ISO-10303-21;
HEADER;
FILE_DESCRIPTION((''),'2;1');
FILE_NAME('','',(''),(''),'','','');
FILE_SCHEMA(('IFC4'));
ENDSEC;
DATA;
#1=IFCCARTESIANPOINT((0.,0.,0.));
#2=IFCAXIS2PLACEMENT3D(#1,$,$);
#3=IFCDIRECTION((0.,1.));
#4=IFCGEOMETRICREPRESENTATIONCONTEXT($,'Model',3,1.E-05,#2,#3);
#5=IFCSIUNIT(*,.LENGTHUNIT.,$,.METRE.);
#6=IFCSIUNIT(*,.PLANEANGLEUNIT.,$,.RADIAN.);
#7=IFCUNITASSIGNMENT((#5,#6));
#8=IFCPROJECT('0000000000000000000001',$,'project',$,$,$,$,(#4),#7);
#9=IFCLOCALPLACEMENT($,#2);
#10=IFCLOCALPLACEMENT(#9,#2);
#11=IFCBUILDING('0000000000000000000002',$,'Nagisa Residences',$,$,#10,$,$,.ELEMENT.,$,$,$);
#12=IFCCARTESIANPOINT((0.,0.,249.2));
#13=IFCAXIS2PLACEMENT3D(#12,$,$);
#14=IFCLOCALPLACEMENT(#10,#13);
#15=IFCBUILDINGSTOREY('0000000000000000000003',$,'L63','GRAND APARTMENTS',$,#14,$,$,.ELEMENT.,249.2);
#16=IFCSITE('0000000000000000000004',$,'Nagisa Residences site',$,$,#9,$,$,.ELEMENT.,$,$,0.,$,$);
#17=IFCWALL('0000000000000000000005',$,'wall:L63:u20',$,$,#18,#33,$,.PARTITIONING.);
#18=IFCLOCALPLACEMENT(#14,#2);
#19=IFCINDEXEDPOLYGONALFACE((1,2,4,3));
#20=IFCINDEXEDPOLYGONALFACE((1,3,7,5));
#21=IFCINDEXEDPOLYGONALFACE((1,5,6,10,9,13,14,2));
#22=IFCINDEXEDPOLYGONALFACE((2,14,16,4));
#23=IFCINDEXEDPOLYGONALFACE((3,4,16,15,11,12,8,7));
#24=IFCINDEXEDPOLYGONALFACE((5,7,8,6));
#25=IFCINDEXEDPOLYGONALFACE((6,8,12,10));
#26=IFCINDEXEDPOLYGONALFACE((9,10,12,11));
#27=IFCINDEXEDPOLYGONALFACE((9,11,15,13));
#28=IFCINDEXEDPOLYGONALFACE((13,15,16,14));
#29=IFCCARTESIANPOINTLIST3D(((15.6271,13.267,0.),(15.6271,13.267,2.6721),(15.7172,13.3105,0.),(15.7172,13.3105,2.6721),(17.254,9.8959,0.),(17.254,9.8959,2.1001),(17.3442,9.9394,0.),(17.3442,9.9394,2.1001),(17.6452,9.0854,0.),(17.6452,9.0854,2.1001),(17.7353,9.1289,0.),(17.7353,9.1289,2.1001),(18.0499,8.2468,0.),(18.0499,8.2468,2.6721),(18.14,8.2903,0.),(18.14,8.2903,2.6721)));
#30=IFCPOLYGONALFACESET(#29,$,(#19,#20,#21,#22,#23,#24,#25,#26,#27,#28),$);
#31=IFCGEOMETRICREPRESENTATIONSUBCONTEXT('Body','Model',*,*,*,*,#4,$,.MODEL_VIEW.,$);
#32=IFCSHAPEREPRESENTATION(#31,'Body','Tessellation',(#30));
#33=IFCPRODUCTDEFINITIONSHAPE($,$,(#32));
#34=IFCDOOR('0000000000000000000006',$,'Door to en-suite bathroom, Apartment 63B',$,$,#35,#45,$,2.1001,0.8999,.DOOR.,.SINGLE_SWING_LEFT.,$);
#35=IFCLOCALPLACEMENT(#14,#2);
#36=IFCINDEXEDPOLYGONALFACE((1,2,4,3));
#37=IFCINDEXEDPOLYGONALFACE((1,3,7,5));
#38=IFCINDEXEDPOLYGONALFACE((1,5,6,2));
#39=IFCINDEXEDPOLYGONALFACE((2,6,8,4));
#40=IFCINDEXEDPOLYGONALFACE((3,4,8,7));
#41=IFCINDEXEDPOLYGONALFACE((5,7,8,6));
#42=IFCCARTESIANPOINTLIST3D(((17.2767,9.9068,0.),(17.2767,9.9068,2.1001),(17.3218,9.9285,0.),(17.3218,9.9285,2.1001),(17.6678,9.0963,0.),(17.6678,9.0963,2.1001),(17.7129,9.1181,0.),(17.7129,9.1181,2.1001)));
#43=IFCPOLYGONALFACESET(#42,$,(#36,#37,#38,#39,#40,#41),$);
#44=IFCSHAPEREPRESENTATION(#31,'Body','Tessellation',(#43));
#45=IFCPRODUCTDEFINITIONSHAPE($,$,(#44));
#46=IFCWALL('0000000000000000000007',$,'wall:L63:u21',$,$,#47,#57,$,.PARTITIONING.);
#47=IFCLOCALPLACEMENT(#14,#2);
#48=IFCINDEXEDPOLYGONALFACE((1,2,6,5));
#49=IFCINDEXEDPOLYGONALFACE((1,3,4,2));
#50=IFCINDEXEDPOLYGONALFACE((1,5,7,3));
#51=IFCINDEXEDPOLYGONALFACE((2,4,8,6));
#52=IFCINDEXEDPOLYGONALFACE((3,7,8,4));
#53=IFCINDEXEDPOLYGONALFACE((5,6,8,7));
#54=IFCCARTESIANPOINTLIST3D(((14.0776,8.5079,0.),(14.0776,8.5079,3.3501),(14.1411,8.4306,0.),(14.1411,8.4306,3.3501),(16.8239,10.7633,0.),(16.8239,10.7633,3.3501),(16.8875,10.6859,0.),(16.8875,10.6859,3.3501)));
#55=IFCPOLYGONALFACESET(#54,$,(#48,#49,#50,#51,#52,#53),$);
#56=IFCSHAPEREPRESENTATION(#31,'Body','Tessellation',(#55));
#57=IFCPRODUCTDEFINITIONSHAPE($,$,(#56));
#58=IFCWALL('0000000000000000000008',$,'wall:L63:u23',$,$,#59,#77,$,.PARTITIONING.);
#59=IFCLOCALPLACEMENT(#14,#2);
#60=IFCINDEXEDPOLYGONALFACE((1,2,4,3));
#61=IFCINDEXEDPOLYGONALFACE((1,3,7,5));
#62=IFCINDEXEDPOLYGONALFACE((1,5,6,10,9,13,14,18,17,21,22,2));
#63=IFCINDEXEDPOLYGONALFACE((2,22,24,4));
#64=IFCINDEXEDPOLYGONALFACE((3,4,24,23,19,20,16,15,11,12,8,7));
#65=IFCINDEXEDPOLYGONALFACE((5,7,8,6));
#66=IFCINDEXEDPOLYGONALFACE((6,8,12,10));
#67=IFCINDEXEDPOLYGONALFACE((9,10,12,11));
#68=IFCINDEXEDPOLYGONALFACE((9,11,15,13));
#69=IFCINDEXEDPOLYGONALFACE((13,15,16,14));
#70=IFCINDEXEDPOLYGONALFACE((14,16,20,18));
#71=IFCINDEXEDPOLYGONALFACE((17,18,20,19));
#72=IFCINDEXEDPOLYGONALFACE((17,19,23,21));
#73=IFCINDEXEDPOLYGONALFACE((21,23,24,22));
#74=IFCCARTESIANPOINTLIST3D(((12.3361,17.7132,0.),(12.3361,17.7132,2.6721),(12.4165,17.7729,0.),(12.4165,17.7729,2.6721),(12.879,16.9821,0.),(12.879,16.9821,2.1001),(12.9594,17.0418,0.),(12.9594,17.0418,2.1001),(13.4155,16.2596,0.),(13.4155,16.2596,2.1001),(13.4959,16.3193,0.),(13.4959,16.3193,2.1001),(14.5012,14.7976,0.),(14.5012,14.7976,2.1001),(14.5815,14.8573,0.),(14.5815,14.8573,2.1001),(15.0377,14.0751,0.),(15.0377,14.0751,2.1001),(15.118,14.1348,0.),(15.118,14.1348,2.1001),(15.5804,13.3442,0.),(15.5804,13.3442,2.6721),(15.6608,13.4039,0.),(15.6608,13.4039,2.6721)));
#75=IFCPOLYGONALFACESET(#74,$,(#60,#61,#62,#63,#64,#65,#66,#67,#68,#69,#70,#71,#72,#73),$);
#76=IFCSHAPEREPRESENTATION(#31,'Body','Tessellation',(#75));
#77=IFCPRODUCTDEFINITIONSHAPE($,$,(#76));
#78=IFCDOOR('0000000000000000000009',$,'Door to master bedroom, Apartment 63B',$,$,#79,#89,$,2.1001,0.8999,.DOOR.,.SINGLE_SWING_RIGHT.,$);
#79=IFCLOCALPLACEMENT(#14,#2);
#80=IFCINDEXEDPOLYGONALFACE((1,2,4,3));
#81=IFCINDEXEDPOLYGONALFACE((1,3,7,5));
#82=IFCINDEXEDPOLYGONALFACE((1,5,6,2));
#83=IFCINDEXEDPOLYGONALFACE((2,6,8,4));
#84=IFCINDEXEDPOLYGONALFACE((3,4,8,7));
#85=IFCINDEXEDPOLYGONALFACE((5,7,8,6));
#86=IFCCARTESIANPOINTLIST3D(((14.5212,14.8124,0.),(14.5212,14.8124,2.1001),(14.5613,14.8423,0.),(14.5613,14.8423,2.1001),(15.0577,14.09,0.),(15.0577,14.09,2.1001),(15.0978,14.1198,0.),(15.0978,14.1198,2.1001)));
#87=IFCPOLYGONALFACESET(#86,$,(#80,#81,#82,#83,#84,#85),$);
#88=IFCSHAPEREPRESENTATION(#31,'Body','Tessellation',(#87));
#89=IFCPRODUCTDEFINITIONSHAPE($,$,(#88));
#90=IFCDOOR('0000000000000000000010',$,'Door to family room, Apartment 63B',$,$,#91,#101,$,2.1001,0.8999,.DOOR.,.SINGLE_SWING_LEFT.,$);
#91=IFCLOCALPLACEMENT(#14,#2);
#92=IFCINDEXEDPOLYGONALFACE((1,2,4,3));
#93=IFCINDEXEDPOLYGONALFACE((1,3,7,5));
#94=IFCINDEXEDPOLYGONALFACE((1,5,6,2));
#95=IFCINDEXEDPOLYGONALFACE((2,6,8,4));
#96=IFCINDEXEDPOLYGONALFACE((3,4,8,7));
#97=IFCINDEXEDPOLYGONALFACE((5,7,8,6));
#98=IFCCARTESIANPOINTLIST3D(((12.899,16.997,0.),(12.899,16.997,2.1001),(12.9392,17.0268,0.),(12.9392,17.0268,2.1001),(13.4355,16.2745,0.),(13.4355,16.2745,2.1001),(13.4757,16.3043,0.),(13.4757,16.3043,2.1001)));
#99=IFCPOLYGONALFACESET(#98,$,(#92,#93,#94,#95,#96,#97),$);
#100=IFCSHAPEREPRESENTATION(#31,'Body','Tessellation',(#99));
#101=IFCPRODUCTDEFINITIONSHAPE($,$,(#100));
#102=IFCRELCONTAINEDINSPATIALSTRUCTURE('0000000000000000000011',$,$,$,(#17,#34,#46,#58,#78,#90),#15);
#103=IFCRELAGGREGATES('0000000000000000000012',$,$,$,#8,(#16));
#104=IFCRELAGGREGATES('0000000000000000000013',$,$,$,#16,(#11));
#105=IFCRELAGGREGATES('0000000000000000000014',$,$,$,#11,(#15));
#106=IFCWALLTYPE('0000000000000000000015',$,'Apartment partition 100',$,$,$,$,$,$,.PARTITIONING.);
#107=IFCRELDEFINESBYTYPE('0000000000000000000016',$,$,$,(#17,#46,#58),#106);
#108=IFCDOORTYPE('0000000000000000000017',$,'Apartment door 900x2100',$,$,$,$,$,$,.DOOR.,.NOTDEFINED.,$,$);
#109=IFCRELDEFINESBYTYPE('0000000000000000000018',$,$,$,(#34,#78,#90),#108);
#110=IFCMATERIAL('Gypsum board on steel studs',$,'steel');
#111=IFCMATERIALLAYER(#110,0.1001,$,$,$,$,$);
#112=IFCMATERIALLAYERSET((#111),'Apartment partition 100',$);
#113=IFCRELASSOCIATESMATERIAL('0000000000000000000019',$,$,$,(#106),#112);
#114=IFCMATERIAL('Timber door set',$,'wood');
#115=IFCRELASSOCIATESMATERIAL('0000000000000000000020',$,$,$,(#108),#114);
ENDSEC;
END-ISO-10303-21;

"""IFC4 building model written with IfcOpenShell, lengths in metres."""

from ifc_helpers import new_model, si_unit, direction, frame, frame_2d, origin, place, context, subcontext, project, spatial, rectangle, extrude, material, layer, layer_set, type_object, element, fill, save


model = new_model("IFC4")

# Units and contexts
model_context = context("Model", 3, precision=1e-05, world=origin(), true_north=direction((0.0, 1.0)))
body_context = subcontext(model_context, "Body", "Model", "MODEL_VIEW")
ifc_project = project(units=[si_unit("LENGTHUNIT", "METRE"), si_unit("PLANEANGLEUNIT", "RADIAN")], contexts=[model_context])

# Site, building, storey
site_placement = place(None, origin())
site = spatial("IfcSite", under=ifc_project, at=site_placement, Name="Nagisa Residences site", CompositionType="ELEMENT", RefElevation=0.0)
building_placement = place(site_placement, origin())
building = spatial("IfcBuilding", under=site, at=building_placement, Name="Nagisa Residences", CompositionType="ELEMENT")
storey_placement = place(building_placement, frame((0.0, 0.0, 249.2)))
storey = spatial("IfcBuildingStorey", under=building, at=storey_placement, Name="L63", Description="GRAND APARTMENTS", CompositionType="ELEMENT", Elevation=249.2)

# Shared definitions
ifc_material_1 = material(Name="Gypsum board on steel studs", Category="steel")
ifc_layer_1 = layer(ifc_material_1, 0.1001)
ifc_layer_set_1 = layer_set([ifc_layer_1], Name="Apartment partition 100")
wall_type_1 = type_object("IfcWallType", Name="Apartment partition 100", PredefinedType="PARTITIONING", material=ifc_layer_set_1)

# Shared definitions
ifc_material_2 = material(Name="Timber door set", Category="wood")
door_type = type_object("IfcDoorType", Name="Apartment door 900x2100", OperationType="NOTDEFINED", PredefinedType="DOOR", material=ifc_material_2)

# Wall, opening, door
wall_1_placement = place(storey_placement, frame((18.095, 8.2686, 0.0), z_axis=(0.0, 0.0, 1.0), x_axis=(-0.434644, 0.900602, 0.0)))
wall_1 = element("IfcWall", 1, at=wall_1_placement, inside=storey, type_object=wall_type_1, Name="wall:L63:u20", PredefinedType="PARTITIONING", context=body_context, shape_type="SweptSolid", body=[
    extrude(rectangle(XDim=5.5742, YDim=0.1001, at=frame_2d((2.7871, 0.0))), origin(), (0.0, 0.0, 1.0), 2.6721),
])
opening_1_placement = place(wall_1_placement, frame((0.9312, 0.0, 0.0)))
opening_1 = element("IfcOpeningElement", 2, at=opening_1_placement, cuts=wall_1, PredefinedType="OPENING", context=body_context, shape_type="SweptSolid", body=[
    extrude(rectangle(XDim=0.8999, YDim=2.1001, at=frame_2d((0.45, 1.05))), frame((0.0, 0.0601, 0.0), z_axis=(0.0, -1.0, 0.0), x_axis=(1.0, 0.0, 0.0)), (0.0, 0.0, 1.0), 0.1201),
])
door_1_placement = place(opening_1_placement, origin())
door_1 = element("IfcDoor", 3, at=door_1_placement, inside=storey, type_object=door_type, Name="Door to en-suite bathroom, Apartment 63B", OperationType="SINGLE_SWING_LEFT", OverallHeight=2.1001, OverallWidth=0.8999, PredefinedType="DOOR", context=body_context, shape_type="SweptSolid", body=[
    extrude(rectangle(XDim=0.8999, YDim=2.1001, at=frame_2d((0.45, 1.05))), frame((0.0, 0.0249, 0.0), z_axis=(0.0, -1.0, 0.0), x_axis=(1.0, 0.0, 0.0)), (0.0, 0.0, 1.0), 0.05),
])
fill(opening_1, door_1)

# Wall
wall_2_placement = place(storey_placement, frame((14.1094, 8.4692, 0.0), z_axis=(0.0, 0.0, 1.0), x_axis=(0.772802, 0.634647, 0.0)))
element("IfcWall", 4, at=wall_2_placement, inside=storey, type_object=wall_type_1, Name="wall:L63:u21", PredefinedType="PARTITIONING", context=body_context, shape_type="SweptSolid", body=[
    extrude(rectangle(XDim=3.5537, YDim=0.1001, at=frame_2d((1.7769, 0.0))), origin(), (0.0, 0.0, 1.0), 3.3501),
])

# Wall, openings, doors
wall_3_placement = place(storey_placement, frame((15.6206, 13.374, 0.0), z_axis=(0.0, 0.0, 1.0), x_axis=(-0.596174, 0.802855, 0.0)))
wall_3 = element("IfcWall", 5, at=wall_3_placement, inside=storey, type_object=wall_type_1, Name="wall:L63:u23", PredefinedType="PARTITIONING", context=body_context, shape_type="SweptSolid", body=[
    extrude(rectangle(XDim=5.4419, YDim=0.1001, at=frame_2d((2.7209, 0.0))), origin(), (0.0, 0.0, 1.0), 2.6721),
])
opening_2_placement = place(wall_3_placement, frame((0.9104, 0.0, 0.0)))
opening_2 = element("IfcOpeningElement", 6, at=opening_2_placement, cuts=wall_3, PredefinedType="OPENING", context=body_context, shape_type="SweptSolid", body=[
    extrude(rectangle(XDim=0.8999, YDim=2.1001, at=frame_2d((0.45, 1.05))), frame((0.0, 0.0601, 0.0), z_axis=(0.0, -1.0, 0.0), x_axis=(1.0, 0.0, 0.0)), (0.0, 0.0, 1.0), 0.1201),
])
opening_3_placement = place(wall_3_placement, frame((3.6313, 0.0, 0.0)))
opening_3 = element("IfcOpeningElement", 7, at=opening_3_placement, cuts=wall_3, PredefinedType="OPENING", context=body_context, shape_type="SweptSolid", body=[
    extrude(rectangle(XDim=0.8999, YDim=2.1001, at=frame_2d((0.45, 1.05))), frame((0.0, 0.0601, 0.0), z_axis=(0.0, -1.0, 0.0), x_axis=(1.0, 0.0, 0.0)), (0.0, 0.0, 1.0), 0.1201),
])
door_2_placement = place(opening_2_placement, frame((0.8999, 0.0, 0.0), x_axis=(-1.0, 0.0, 0.0)))
door_2 = element("IfcDoor", 8, at=door_2_placement, inside=storey, type_object=door_type, Name="Door to master bedroom, Apartment 63B", OperationType="SINGLE_SWING_RIGHT", OverallHeight=2.1001, OverallWidth=0.8999, PredefinedType="DOOR", context=body_context, shape_type="SweptSolid", body=[
    extrude(rectangle(XDim=0.8999, YDim=2.1001, at=frame_2d((0.45, 1.05))), frame((0.0, 0.0249, 0.0), z_axis=(0.0, -1.0, 0.0), x_axis=(1.0, 0.0, 0.0)), (0.0, 0.0, 1.0), 0.05),
])
fill(opening_2, door_2)
door_3_placement = place(opening_3_placement, frame((0.8999, 0.0, 0.0), x_axis=(-1.0, 0.0, 0.0)))
door_3 = element("IfcDoor", 9, at=door_3_placement, inside=storey, type_object=door_type, Name="Door to family room, Apartment 63B", OperationType="SINGLE_SWING_LEFT", OverallHeight=2.1001, OverallWidth=0.8999, PredefinedType="DOOR", context=body_context, shape_type="SweptSolid", body=[
    extrude(rectangle(XDim=0.8999, YDim=2.1001, at=frame_2d((0.45, 1.05))), frame((0.0, 0.0249, 0.0), z_axis=(0.0, -1.0, 0.0), x_axis=(1.0, 0.0, 0.0)), (0.0, 0.0, 1.0), 0.05),
])
fill(opening_3, door_3)

save(model, "model.ifc")
